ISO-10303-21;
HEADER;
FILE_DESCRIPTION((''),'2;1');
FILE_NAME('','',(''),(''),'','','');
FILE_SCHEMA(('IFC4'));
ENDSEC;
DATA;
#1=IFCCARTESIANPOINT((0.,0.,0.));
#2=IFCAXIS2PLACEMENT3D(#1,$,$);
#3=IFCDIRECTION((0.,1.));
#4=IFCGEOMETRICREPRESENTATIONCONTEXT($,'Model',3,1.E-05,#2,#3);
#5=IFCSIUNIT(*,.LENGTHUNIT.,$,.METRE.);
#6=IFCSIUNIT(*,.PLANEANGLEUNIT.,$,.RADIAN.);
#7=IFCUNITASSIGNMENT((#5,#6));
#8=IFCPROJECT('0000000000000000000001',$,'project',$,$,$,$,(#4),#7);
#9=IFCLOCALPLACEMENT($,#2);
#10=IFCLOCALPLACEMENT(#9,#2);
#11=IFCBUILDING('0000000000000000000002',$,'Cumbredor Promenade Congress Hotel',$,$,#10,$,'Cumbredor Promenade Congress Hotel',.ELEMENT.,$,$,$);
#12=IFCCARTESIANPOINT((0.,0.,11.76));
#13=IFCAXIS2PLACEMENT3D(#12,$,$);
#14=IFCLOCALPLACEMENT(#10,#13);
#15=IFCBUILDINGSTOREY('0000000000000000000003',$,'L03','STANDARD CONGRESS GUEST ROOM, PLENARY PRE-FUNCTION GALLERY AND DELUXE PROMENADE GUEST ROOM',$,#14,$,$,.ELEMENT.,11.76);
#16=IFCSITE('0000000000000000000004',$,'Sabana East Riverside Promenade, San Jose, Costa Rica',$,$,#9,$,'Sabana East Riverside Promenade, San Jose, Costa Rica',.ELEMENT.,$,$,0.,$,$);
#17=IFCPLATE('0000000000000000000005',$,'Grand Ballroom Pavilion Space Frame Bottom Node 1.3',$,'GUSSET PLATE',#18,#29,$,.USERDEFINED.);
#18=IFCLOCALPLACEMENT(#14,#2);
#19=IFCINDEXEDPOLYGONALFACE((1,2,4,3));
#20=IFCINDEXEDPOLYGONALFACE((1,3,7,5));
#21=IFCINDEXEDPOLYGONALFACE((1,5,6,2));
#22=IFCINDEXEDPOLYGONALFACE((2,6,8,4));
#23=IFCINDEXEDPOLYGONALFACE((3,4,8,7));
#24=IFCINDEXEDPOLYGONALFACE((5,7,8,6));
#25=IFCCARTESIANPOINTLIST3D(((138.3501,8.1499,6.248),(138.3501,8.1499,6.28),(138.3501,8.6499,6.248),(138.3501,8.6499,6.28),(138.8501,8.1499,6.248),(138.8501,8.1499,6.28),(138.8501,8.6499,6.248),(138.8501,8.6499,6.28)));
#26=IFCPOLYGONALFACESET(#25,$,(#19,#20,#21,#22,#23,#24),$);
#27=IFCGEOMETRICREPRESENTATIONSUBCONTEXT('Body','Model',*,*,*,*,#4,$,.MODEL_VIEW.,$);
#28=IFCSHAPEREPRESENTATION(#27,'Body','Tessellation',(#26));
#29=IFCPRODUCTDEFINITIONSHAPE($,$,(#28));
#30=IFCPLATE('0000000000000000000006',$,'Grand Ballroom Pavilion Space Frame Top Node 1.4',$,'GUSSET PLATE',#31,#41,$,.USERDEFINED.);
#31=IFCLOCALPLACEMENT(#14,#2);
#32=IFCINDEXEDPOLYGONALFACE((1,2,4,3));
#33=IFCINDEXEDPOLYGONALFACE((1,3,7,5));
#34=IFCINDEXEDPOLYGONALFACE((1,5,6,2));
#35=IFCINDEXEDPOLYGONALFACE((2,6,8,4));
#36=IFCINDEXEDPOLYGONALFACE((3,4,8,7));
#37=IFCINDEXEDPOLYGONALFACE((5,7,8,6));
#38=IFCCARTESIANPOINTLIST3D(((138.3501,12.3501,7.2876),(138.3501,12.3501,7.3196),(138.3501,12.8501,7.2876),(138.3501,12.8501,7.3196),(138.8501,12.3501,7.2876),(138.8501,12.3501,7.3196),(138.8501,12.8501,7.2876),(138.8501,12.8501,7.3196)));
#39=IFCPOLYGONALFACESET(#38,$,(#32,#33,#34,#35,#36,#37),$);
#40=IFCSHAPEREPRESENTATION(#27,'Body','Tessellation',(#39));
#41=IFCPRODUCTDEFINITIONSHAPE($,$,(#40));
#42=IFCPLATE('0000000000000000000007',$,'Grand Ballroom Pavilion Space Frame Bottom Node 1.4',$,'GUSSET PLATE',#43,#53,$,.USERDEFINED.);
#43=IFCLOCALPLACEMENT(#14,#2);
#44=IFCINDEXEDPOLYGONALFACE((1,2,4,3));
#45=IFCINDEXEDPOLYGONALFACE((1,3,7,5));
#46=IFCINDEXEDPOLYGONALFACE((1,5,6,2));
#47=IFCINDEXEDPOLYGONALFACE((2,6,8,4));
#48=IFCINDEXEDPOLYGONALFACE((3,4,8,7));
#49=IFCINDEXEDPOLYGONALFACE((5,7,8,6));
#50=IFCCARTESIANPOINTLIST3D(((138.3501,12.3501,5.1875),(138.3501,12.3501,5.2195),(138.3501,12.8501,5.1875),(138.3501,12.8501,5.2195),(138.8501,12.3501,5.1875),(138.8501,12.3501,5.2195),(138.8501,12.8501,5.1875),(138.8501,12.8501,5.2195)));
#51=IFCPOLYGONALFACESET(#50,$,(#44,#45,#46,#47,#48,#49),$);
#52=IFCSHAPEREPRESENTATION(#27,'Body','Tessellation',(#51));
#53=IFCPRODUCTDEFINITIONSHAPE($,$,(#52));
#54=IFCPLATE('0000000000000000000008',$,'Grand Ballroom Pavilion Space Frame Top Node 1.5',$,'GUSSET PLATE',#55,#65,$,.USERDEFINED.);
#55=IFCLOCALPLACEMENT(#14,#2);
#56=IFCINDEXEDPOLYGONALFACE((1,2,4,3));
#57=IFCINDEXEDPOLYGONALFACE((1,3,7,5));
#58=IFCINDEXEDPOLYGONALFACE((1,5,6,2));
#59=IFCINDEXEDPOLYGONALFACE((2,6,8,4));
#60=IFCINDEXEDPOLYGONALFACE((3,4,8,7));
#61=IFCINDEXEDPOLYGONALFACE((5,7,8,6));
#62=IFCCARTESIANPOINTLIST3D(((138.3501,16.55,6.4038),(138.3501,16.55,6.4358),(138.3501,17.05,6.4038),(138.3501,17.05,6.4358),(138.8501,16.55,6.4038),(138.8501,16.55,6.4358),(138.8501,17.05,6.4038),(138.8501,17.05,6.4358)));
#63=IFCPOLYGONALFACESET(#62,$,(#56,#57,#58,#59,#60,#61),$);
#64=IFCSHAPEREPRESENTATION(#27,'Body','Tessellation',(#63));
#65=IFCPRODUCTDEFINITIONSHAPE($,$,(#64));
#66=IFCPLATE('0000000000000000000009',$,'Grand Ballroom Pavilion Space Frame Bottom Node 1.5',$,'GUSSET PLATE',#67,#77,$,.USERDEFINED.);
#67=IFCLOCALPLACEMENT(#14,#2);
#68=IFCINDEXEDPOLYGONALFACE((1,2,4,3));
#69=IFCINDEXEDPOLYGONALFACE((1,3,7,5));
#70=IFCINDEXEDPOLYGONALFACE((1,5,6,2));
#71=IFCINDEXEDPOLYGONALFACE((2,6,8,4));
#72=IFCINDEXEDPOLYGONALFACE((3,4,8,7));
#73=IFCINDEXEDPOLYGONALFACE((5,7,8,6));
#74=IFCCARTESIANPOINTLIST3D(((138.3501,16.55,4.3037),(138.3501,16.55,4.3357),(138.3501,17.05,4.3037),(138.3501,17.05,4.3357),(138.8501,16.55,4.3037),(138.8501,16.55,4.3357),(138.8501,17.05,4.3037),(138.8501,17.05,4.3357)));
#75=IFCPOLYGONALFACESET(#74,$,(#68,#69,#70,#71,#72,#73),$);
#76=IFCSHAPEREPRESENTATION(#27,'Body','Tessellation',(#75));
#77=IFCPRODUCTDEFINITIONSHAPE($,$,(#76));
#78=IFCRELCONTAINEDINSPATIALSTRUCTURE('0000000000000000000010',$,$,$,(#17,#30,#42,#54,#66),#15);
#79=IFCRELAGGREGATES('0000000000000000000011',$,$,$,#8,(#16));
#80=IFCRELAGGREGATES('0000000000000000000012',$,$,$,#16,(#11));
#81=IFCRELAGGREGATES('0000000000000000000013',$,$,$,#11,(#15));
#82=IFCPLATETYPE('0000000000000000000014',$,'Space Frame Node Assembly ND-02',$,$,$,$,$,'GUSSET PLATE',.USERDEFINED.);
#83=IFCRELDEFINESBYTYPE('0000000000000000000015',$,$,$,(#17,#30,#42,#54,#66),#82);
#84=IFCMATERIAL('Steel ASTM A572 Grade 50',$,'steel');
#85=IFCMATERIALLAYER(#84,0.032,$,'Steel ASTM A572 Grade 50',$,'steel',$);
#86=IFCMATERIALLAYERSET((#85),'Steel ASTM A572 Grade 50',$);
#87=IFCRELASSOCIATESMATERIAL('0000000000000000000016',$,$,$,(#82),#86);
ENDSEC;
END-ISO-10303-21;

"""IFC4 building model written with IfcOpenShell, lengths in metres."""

from ifc_helpers import new_model, si_unit, direction, frame, origin, origin_2d, place, context, subcontext, project, spatial, rectangle, extrude, material, layer, layer_set, type_object, element, save


model = new_model("IFC4")

# Units and contexts
model_context = context("Model", 3, precision=1e-05, world=origin(), true_north=direction((0.0, 1.0)))
body_context = subcontext(model_context, "Body", "Model", "MODEL_VIEW")
ifc_project = project(units=[si_unit("LENGTHUNIT", "METRE"), si_unit("PLANEANGLEUNIT", "RADIAN")], contexts=[model_context])

# Site, building, storey
site_placement = place(None, origin())
site = spatial("IfcSite", under=ifc_project, at=site_placement, Name="Sabana East Riverside Promenade, San Jose, Costa Rica", LongName="Sabana East Riverside Promenade, San Jose, Costa Rica", CompositionType="ELEMENT", RefElevation=0.0)
building_placement = place(site_placement, origin())
building = spatial("IfcBuilding", under=site, at=building_placement, Name="Cumbredor Promenade Congress Hotel", LongName="Cumbredor Promenade Congress Hotel", CompositionType="ELEMENT")
storey_placement = place(building_placement, frame((0.0, 0.0, 11.76)))
storey = spatial("IfcBuildingStorey", under=building, at=storey_placement, Name="L03", Description="STANDARD CONGRESS GUEST ROOM, PLENARY PRE-FUNCTION GALLERY AND DELUXE PROMENADE GUEST ROOM", CompositionType="ELEMENT", Elevation=11.76)

# Plates
ifc_material_1 = material(Name="Steel ASTM A572 Grade 50", Category="steel")
ifc_layer = layer(ifc_material_1, 0.032, Name="Steel ASTM A572 Grade 50", Category="steel")
ifc_layer_set = layer_set([ifc_layer], Name="Steel ASTM A572 Grade 50")
plate_type = type_object("IfcPlateType", Name="Space Frame Node Assembly ND-02", ElementType="GUSSET PLATE", PredefinedType="USERDEFINED", material=ifc_layer_set)
for number, where, z_axis, x_axis, name in (
    (1, (138.6001, 8.3999, 6.248), (0.0, 0.0, 1.0), (1.0, 0.0, 0.0), "Grand Ballroom Pavilion Space Frame Bottom Node 1.3"),
    (2, (138.6001, 12.6001, 7.2876), (0.0, 0.0, 1.0), (1.0, 0.0, 0.0), "Grand Ballroom Pavilion Space Frame Top Node 1.4"),
    (3, (138.6001, 12.6001, 5.1875), (0.0, 0.0, 1.0), (1.0, 0.0, 0.0), "Grand Ballroom Pavilion Space Frame Bottom Node 1.4"),
    (4, (138.6001, 16.8, 6.4038), (0.0, 0.0, 1.0), (1.0, 0.0, 0.0), "Grand Ballroom Pavilion Space Frame Top Node 1.5"),
    (5, (138.6001, 16.8, 4.3037), (0.0, 0.0, 1.0), (1.0, 0.0, 0.0), "Grand Ballroom Pavilion Space Frame Bottom Node 1.5"),
):
    element("IfcPlate", number, at=place(storey_placement, frame(where, z_axis=z_axis, x_axis=x_axis)), inside=storey, type_object=plate_type, Name=name, ObjectType="GUSSET PLATE", PredefinedType="USERDEFINED", context=body_context, shape_type="SweptSolid", body=[
        extrude(rectangle(XDim=0.5, YDim=0.5, at=origin_2d()), origin(), (0.0, 0.0, 1.0), 0.032),
    ])

save(model, "model.ifc")
